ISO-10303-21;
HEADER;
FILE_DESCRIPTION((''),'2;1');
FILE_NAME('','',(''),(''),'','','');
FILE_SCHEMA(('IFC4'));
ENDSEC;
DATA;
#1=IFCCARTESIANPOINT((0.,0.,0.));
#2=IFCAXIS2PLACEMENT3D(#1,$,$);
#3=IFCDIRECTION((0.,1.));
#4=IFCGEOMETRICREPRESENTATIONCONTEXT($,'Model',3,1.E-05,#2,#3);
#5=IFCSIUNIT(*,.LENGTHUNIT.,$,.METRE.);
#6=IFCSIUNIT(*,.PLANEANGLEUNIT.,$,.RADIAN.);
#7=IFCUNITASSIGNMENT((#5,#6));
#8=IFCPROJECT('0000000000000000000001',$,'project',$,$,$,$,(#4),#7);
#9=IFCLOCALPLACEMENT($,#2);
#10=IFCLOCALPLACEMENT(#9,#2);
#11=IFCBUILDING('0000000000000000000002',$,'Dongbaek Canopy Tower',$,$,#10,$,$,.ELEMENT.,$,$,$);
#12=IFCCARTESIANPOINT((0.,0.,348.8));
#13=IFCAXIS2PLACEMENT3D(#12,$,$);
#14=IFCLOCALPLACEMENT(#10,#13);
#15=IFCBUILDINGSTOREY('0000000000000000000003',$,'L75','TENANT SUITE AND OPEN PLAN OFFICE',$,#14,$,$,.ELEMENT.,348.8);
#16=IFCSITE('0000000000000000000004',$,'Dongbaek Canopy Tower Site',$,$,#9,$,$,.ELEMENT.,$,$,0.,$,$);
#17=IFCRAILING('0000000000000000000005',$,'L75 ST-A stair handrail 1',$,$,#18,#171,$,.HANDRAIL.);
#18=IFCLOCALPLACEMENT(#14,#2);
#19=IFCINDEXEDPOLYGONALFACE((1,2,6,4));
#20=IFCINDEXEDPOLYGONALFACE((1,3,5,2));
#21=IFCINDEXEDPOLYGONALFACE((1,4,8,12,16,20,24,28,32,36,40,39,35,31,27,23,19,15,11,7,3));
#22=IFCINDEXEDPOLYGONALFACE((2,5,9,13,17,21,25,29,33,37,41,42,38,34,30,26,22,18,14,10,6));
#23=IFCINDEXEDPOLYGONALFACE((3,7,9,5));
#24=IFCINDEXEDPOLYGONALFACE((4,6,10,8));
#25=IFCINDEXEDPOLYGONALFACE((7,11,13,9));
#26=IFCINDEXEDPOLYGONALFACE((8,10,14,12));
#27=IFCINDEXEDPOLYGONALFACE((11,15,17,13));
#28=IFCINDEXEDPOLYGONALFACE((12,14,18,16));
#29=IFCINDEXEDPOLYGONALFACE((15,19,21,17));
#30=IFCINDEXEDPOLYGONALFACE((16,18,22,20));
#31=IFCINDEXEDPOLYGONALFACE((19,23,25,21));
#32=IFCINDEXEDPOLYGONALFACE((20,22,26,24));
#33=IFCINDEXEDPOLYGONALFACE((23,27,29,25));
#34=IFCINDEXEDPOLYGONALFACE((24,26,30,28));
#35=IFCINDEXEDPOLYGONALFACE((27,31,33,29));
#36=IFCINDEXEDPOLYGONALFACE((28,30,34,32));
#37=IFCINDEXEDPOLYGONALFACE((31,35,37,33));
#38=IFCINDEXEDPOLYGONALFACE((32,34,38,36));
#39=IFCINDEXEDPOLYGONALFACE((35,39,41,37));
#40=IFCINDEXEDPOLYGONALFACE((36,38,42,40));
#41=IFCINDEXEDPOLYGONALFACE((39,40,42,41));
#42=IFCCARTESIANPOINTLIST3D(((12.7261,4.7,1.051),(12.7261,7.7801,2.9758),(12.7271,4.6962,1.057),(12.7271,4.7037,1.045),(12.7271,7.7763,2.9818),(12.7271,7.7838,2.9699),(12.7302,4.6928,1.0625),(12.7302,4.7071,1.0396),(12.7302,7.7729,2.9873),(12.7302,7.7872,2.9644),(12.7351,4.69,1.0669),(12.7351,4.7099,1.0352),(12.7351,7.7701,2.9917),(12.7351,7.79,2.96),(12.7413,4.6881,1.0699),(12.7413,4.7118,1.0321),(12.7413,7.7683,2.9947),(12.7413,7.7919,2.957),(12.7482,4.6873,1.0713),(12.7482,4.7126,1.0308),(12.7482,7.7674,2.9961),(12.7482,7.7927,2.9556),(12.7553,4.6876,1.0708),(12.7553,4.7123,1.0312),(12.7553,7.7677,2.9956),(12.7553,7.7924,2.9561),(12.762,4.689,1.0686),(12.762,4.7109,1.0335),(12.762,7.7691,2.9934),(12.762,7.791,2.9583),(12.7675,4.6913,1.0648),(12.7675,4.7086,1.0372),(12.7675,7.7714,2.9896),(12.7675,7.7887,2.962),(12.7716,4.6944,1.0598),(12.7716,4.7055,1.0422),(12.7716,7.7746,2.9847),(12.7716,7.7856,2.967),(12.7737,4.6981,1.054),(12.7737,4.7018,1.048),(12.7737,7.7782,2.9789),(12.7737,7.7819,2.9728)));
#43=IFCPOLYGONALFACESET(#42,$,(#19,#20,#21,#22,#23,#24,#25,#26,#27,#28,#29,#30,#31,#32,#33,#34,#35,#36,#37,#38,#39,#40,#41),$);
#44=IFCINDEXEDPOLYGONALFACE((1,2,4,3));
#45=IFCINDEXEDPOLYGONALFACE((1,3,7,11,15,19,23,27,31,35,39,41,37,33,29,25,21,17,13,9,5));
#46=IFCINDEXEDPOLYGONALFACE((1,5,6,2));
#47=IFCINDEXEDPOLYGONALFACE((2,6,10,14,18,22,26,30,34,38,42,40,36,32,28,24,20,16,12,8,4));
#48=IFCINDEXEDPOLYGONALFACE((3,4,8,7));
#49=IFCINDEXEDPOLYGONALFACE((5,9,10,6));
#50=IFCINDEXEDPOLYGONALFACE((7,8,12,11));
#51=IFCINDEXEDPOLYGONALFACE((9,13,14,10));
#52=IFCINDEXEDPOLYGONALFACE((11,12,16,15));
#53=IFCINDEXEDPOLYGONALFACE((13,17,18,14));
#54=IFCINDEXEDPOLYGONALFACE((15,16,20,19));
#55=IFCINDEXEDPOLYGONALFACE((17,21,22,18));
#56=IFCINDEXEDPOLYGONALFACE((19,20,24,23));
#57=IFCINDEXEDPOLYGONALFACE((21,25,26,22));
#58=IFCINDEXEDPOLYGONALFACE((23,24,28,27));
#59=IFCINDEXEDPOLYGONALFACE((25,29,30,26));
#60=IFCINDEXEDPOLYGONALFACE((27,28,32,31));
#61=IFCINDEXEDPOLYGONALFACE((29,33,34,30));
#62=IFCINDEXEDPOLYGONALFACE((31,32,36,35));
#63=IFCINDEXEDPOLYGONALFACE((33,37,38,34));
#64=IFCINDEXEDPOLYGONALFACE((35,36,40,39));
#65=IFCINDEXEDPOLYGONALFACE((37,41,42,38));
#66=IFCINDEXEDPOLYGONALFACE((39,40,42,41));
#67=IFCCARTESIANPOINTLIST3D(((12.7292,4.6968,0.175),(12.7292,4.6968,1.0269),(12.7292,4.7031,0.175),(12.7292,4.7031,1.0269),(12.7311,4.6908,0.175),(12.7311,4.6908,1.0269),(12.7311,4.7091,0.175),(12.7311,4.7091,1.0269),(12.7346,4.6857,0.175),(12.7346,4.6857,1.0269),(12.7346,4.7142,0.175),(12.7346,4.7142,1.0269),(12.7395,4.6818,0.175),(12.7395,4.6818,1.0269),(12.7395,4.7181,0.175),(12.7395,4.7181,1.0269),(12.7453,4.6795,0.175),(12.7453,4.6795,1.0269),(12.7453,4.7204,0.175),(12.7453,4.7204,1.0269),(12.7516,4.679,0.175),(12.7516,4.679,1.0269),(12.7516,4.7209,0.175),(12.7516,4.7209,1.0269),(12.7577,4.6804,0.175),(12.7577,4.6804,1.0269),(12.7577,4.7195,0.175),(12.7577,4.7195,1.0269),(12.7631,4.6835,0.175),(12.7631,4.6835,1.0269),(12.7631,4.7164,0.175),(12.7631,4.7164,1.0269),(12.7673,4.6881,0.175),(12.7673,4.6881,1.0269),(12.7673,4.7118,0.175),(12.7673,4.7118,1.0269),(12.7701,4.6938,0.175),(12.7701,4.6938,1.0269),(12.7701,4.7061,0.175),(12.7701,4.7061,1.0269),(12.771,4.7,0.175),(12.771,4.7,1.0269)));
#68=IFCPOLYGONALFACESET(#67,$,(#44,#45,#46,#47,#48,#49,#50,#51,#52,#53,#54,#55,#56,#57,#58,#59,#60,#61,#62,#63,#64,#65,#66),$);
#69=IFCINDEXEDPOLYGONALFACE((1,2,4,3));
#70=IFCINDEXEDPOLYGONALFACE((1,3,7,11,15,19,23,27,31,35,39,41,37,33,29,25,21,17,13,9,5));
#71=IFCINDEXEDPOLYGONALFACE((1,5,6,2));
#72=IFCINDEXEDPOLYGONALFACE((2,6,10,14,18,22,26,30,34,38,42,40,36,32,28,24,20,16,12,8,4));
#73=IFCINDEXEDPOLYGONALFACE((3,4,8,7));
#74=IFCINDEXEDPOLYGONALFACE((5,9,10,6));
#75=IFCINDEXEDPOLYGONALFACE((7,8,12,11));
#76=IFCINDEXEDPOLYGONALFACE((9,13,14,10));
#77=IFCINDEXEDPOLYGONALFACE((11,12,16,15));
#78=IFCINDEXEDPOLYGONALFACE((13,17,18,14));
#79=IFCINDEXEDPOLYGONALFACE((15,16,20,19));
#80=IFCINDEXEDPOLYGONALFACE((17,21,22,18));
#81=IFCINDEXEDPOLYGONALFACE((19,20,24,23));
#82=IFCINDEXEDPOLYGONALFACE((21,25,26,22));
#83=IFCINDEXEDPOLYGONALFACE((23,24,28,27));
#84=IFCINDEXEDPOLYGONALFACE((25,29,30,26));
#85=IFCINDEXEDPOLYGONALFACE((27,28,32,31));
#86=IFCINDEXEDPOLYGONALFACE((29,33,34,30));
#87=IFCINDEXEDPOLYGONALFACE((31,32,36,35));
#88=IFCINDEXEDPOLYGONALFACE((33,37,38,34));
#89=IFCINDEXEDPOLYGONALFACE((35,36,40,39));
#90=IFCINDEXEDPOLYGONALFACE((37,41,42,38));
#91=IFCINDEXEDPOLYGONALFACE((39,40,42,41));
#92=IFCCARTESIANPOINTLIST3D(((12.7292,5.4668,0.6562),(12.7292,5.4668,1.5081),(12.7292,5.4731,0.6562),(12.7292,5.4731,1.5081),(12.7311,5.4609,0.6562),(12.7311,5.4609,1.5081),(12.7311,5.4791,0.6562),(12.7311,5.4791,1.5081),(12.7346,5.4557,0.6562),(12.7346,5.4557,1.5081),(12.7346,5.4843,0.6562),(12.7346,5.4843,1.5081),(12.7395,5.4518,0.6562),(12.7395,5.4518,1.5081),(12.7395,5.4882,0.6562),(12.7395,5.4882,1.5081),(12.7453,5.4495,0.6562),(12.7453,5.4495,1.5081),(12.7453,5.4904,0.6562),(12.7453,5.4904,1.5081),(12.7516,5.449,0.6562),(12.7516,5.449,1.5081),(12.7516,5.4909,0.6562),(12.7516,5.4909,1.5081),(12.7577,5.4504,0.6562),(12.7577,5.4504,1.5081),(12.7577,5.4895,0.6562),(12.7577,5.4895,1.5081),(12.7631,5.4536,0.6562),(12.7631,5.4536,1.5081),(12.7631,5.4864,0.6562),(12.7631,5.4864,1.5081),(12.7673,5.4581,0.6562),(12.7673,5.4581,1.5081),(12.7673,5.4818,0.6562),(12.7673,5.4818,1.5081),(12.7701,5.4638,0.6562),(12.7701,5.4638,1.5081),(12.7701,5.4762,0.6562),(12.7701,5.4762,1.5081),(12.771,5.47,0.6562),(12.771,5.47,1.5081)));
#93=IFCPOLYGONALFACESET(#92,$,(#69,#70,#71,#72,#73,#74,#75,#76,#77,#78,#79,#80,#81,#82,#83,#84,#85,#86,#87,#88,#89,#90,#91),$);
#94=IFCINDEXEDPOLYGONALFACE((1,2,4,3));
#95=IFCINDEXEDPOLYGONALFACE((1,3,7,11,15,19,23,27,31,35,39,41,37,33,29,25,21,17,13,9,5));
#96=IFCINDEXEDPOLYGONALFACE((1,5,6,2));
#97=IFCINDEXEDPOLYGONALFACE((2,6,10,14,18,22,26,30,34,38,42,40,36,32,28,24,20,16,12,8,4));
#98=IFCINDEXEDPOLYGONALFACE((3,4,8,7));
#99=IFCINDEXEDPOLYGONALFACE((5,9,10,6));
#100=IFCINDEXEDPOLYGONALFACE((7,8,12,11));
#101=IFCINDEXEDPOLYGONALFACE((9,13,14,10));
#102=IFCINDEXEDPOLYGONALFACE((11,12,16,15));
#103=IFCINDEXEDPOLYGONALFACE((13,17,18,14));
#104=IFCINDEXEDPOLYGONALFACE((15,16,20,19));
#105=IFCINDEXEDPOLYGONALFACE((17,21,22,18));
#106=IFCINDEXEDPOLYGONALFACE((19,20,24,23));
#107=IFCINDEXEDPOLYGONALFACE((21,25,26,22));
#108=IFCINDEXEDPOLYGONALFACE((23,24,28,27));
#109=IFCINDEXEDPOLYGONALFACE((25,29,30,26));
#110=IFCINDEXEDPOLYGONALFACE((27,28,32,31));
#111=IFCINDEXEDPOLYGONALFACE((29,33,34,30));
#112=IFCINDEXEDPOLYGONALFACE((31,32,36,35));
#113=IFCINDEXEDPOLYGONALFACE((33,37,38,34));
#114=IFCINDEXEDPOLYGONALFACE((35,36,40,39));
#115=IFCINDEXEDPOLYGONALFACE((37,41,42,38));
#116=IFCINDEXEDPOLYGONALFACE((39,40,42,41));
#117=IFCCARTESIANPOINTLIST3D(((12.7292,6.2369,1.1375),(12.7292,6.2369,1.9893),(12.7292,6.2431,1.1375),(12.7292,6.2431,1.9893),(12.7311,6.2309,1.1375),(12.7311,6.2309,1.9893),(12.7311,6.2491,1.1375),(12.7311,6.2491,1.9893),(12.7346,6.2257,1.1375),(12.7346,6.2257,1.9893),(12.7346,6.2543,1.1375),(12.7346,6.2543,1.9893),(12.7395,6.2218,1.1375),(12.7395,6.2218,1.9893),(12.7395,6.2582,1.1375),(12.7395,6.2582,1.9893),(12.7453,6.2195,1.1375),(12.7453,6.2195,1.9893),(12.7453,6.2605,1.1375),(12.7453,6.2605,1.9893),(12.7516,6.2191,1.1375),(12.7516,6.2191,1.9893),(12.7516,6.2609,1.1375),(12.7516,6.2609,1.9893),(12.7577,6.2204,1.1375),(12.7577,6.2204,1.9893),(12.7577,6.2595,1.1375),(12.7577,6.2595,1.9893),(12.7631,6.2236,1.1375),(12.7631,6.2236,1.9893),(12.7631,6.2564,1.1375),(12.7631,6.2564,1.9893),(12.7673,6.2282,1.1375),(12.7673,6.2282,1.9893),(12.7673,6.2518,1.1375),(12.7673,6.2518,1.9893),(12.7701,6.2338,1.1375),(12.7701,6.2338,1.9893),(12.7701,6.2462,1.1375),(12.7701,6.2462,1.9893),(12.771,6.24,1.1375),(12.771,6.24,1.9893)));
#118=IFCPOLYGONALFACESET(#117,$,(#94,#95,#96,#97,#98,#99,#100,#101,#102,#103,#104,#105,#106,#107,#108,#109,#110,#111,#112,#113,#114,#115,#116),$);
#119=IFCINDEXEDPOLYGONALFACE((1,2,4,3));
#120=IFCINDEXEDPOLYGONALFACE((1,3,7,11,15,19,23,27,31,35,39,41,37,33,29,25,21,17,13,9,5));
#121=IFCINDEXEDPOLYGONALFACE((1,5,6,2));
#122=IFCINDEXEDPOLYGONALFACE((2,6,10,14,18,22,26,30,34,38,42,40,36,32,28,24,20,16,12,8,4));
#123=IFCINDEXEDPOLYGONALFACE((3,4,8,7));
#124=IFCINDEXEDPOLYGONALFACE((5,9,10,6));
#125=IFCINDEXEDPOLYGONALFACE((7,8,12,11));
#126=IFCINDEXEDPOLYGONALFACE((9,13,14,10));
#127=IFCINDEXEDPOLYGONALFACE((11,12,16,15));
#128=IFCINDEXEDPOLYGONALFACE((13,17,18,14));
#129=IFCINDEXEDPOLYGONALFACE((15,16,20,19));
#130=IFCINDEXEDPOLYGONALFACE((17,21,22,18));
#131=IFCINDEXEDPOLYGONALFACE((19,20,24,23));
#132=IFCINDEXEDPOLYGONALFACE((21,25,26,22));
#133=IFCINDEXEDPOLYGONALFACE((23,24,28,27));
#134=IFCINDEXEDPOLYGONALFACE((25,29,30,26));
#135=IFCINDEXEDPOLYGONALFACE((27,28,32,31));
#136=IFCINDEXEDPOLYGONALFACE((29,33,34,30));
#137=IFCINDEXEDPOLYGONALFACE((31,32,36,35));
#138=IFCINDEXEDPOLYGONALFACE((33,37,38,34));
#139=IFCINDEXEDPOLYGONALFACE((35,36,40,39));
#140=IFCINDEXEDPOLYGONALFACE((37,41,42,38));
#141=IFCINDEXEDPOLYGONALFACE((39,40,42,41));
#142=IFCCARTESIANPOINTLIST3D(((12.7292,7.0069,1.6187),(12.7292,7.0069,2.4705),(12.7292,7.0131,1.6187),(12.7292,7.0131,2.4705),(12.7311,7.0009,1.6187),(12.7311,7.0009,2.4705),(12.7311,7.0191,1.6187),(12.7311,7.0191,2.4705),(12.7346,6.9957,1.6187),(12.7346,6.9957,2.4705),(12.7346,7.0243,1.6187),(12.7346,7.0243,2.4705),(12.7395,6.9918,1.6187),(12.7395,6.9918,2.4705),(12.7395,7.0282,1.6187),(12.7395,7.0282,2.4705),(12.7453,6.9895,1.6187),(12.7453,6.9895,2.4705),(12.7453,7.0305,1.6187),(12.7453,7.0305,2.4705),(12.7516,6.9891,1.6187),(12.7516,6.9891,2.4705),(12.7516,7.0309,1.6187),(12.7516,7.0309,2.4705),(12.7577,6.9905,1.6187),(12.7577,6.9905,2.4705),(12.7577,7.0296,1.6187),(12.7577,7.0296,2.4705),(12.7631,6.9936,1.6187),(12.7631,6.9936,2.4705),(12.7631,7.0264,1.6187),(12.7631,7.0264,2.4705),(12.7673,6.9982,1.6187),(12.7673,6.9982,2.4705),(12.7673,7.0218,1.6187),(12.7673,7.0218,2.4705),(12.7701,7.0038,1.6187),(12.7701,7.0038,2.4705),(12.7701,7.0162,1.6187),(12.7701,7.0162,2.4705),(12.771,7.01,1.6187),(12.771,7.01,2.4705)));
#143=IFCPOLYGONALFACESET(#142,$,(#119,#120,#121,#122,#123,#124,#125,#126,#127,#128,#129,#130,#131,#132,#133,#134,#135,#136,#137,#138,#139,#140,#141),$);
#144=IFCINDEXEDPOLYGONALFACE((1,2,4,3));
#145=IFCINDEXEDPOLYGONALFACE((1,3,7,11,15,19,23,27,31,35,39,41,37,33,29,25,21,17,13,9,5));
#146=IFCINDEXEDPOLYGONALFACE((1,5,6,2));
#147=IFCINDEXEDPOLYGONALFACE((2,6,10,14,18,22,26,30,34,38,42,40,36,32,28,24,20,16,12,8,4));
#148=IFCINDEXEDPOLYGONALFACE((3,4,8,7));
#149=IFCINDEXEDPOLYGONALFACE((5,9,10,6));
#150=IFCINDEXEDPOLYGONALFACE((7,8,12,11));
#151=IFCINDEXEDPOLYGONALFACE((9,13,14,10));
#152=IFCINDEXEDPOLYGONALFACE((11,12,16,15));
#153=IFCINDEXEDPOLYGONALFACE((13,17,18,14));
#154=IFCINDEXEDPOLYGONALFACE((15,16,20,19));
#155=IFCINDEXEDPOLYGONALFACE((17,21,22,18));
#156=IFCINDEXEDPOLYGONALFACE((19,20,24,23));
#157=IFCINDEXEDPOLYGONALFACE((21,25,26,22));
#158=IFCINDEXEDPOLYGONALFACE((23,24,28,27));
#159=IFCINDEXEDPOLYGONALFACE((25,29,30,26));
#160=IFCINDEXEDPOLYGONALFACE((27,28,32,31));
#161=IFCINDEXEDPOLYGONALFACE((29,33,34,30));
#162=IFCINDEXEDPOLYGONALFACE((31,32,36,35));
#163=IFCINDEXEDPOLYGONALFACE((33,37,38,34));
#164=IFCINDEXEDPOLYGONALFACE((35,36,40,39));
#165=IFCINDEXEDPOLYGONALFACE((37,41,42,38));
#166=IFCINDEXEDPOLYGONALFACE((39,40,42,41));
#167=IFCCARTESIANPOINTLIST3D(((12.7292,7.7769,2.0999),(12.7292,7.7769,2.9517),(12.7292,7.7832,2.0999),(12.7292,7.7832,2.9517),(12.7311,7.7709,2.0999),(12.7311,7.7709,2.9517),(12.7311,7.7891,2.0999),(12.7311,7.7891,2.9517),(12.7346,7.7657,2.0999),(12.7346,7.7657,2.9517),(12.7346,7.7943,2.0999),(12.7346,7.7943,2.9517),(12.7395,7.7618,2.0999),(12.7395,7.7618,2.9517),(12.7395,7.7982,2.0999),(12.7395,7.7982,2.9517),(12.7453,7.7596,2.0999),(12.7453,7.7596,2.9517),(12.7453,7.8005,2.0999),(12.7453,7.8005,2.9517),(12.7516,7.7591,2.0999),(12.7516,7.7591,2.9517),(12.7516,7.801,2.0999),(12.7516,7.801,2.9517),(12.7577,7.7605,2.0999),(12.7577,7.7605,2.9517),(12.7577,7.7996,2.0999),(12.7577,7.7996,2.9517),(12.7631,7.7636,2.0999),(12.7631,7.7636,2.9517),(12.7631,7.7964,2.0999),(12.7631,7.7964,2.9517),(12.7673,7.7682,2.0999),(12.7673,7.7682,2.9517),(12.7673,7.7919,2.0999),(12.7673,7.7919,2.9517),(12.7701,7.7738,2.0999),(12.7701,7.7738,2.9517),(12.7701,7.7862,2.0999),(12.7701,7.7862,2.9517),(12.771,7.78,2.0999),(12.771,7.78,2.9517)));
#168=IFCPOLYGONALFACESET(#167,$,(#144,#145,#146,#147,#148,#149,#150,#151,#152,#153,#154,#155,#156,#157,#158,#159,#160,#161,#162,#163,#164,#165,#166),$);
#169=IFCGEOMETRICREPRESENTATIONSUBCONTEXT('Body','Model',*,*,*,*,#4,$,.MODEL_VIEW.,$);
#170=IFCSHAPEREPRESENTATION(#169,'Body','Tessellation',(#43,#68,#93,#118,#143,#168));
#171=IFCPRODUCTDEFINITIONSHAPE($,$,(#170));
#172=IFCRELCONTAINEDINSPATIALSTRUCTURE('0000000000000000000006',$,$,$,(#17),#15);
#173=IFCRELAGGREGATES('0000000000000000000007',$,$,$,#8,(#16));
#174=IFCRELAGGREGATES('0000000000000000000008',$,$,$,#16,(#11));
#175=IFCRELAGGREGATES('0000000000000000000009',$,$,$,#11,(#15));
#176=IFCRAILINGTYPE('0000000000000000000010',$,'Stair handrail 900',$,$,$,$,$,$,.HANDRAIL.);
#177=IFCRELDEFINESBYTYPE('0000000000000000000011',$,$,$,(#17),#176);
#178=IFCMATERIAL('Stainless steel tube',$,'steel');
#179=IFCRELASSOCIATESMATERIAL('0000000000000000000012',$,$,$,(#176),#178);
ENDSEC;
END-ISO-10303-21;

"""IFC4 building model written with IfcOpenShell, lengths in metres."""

from ifc_helpers import new_model, si_unit, direction, frame, origin, origin_2d, place, context, subcontext, project, spatial, circle, extrude, material, type_object, element, save


model = new_model("IFC4")

# Units and contexts
model_context = context("Model", 3, precision=1e-05, world=origin(), true_north=direction((0.0, 1.0)))
body_context = subcontext(model_context, "Body", "Model", "MODEL_VIEW")
ifc_project = project(units=[si_unit("LENGTHUNIT", "METRE"), si_unit("PLANEANGLEUNIT", "RADIAN")], contexts=[model_context])

# Site, building, storey
site_placement = place(None, origin())
site = spatial("IfcSite", under=ifc_project, at=site_placement, Name="Dongbaek Canopy Tower Site", CompositionType="ELEMENT", RefElevation=0.0)
building_placement = place(site_placement, origin())
building = spatial("IfcBuilding", under=site, at=building_placement, Name="Dongbaek Canopy Tower", CompositionType="ELEMENT")
storey_placement = place(building_placement, frame((0.0, 0.0, 348.8)))
storey = spatial("IfcBuildingStorey", under=building, at=storey_placement, Name="L75", Description="TENANT SUITE AND OPEN PLAN OFFICE", CompositionType="ELEMENT", Elevation=348.8)

# Railing
ifc_material_1 = material(Name="Stainless steel tube", Category="steel")
railing_type_1 = type_object("IfcRailingType", Name="Stair handrail 900", PredefinedType="HANDRAIL", material=ifc_material_1)
railing_1_placement = place(storey_placement, frame((12.75, 4.7, 0.175)))
element("IfcRailing", 1, at=railing_1_placement, inside=storey, type_object=railing_type_1, Name="L75 ST-A stair handrail 1", PredefinedType="HANDRAIL", context=body_context, shape_type="SweptSolid", body=[
    extrude(circle(Radius=0.0239, at=origin_2d()), frame((0.0, 0.0, 0.876), z_axis=(0.0, 0.848029, 0.529951), x_axis=(-1.0, 0.0, 0.0)), (0.0, 0.0, 1.0), 3.6321),
    extrude(circle(Radius=0.021, at=origin_2d()), origin(), (0.0, 0.0, 1.0), 0.8518),
    extrude(circle(Radius=0.021, at=origin_2d()), frame((0.0, 0.77, 0.4812)), (0.0, 0.0, 1.0), 0.8518),
    extrude(circle(Radius=0.021, at=origin_2d()), frame((0.0, 1.54, 0.9624)), (0.0, 0.0, 1.0), 0.8518),
    extrude(circle(Radius=0.021, at=origin_2d()), frame((0.0, 2.3101, 1.4436)), (0.0, 0.0, 1.0), 0.8518),
    extrude(circle(Radius=0.021, at=origin_2d()), frame((0.0, 3.0801, 1.9248)), (0.0, 0.0, 1.0), 0.8518),
])

save(model, "model.ifc")
